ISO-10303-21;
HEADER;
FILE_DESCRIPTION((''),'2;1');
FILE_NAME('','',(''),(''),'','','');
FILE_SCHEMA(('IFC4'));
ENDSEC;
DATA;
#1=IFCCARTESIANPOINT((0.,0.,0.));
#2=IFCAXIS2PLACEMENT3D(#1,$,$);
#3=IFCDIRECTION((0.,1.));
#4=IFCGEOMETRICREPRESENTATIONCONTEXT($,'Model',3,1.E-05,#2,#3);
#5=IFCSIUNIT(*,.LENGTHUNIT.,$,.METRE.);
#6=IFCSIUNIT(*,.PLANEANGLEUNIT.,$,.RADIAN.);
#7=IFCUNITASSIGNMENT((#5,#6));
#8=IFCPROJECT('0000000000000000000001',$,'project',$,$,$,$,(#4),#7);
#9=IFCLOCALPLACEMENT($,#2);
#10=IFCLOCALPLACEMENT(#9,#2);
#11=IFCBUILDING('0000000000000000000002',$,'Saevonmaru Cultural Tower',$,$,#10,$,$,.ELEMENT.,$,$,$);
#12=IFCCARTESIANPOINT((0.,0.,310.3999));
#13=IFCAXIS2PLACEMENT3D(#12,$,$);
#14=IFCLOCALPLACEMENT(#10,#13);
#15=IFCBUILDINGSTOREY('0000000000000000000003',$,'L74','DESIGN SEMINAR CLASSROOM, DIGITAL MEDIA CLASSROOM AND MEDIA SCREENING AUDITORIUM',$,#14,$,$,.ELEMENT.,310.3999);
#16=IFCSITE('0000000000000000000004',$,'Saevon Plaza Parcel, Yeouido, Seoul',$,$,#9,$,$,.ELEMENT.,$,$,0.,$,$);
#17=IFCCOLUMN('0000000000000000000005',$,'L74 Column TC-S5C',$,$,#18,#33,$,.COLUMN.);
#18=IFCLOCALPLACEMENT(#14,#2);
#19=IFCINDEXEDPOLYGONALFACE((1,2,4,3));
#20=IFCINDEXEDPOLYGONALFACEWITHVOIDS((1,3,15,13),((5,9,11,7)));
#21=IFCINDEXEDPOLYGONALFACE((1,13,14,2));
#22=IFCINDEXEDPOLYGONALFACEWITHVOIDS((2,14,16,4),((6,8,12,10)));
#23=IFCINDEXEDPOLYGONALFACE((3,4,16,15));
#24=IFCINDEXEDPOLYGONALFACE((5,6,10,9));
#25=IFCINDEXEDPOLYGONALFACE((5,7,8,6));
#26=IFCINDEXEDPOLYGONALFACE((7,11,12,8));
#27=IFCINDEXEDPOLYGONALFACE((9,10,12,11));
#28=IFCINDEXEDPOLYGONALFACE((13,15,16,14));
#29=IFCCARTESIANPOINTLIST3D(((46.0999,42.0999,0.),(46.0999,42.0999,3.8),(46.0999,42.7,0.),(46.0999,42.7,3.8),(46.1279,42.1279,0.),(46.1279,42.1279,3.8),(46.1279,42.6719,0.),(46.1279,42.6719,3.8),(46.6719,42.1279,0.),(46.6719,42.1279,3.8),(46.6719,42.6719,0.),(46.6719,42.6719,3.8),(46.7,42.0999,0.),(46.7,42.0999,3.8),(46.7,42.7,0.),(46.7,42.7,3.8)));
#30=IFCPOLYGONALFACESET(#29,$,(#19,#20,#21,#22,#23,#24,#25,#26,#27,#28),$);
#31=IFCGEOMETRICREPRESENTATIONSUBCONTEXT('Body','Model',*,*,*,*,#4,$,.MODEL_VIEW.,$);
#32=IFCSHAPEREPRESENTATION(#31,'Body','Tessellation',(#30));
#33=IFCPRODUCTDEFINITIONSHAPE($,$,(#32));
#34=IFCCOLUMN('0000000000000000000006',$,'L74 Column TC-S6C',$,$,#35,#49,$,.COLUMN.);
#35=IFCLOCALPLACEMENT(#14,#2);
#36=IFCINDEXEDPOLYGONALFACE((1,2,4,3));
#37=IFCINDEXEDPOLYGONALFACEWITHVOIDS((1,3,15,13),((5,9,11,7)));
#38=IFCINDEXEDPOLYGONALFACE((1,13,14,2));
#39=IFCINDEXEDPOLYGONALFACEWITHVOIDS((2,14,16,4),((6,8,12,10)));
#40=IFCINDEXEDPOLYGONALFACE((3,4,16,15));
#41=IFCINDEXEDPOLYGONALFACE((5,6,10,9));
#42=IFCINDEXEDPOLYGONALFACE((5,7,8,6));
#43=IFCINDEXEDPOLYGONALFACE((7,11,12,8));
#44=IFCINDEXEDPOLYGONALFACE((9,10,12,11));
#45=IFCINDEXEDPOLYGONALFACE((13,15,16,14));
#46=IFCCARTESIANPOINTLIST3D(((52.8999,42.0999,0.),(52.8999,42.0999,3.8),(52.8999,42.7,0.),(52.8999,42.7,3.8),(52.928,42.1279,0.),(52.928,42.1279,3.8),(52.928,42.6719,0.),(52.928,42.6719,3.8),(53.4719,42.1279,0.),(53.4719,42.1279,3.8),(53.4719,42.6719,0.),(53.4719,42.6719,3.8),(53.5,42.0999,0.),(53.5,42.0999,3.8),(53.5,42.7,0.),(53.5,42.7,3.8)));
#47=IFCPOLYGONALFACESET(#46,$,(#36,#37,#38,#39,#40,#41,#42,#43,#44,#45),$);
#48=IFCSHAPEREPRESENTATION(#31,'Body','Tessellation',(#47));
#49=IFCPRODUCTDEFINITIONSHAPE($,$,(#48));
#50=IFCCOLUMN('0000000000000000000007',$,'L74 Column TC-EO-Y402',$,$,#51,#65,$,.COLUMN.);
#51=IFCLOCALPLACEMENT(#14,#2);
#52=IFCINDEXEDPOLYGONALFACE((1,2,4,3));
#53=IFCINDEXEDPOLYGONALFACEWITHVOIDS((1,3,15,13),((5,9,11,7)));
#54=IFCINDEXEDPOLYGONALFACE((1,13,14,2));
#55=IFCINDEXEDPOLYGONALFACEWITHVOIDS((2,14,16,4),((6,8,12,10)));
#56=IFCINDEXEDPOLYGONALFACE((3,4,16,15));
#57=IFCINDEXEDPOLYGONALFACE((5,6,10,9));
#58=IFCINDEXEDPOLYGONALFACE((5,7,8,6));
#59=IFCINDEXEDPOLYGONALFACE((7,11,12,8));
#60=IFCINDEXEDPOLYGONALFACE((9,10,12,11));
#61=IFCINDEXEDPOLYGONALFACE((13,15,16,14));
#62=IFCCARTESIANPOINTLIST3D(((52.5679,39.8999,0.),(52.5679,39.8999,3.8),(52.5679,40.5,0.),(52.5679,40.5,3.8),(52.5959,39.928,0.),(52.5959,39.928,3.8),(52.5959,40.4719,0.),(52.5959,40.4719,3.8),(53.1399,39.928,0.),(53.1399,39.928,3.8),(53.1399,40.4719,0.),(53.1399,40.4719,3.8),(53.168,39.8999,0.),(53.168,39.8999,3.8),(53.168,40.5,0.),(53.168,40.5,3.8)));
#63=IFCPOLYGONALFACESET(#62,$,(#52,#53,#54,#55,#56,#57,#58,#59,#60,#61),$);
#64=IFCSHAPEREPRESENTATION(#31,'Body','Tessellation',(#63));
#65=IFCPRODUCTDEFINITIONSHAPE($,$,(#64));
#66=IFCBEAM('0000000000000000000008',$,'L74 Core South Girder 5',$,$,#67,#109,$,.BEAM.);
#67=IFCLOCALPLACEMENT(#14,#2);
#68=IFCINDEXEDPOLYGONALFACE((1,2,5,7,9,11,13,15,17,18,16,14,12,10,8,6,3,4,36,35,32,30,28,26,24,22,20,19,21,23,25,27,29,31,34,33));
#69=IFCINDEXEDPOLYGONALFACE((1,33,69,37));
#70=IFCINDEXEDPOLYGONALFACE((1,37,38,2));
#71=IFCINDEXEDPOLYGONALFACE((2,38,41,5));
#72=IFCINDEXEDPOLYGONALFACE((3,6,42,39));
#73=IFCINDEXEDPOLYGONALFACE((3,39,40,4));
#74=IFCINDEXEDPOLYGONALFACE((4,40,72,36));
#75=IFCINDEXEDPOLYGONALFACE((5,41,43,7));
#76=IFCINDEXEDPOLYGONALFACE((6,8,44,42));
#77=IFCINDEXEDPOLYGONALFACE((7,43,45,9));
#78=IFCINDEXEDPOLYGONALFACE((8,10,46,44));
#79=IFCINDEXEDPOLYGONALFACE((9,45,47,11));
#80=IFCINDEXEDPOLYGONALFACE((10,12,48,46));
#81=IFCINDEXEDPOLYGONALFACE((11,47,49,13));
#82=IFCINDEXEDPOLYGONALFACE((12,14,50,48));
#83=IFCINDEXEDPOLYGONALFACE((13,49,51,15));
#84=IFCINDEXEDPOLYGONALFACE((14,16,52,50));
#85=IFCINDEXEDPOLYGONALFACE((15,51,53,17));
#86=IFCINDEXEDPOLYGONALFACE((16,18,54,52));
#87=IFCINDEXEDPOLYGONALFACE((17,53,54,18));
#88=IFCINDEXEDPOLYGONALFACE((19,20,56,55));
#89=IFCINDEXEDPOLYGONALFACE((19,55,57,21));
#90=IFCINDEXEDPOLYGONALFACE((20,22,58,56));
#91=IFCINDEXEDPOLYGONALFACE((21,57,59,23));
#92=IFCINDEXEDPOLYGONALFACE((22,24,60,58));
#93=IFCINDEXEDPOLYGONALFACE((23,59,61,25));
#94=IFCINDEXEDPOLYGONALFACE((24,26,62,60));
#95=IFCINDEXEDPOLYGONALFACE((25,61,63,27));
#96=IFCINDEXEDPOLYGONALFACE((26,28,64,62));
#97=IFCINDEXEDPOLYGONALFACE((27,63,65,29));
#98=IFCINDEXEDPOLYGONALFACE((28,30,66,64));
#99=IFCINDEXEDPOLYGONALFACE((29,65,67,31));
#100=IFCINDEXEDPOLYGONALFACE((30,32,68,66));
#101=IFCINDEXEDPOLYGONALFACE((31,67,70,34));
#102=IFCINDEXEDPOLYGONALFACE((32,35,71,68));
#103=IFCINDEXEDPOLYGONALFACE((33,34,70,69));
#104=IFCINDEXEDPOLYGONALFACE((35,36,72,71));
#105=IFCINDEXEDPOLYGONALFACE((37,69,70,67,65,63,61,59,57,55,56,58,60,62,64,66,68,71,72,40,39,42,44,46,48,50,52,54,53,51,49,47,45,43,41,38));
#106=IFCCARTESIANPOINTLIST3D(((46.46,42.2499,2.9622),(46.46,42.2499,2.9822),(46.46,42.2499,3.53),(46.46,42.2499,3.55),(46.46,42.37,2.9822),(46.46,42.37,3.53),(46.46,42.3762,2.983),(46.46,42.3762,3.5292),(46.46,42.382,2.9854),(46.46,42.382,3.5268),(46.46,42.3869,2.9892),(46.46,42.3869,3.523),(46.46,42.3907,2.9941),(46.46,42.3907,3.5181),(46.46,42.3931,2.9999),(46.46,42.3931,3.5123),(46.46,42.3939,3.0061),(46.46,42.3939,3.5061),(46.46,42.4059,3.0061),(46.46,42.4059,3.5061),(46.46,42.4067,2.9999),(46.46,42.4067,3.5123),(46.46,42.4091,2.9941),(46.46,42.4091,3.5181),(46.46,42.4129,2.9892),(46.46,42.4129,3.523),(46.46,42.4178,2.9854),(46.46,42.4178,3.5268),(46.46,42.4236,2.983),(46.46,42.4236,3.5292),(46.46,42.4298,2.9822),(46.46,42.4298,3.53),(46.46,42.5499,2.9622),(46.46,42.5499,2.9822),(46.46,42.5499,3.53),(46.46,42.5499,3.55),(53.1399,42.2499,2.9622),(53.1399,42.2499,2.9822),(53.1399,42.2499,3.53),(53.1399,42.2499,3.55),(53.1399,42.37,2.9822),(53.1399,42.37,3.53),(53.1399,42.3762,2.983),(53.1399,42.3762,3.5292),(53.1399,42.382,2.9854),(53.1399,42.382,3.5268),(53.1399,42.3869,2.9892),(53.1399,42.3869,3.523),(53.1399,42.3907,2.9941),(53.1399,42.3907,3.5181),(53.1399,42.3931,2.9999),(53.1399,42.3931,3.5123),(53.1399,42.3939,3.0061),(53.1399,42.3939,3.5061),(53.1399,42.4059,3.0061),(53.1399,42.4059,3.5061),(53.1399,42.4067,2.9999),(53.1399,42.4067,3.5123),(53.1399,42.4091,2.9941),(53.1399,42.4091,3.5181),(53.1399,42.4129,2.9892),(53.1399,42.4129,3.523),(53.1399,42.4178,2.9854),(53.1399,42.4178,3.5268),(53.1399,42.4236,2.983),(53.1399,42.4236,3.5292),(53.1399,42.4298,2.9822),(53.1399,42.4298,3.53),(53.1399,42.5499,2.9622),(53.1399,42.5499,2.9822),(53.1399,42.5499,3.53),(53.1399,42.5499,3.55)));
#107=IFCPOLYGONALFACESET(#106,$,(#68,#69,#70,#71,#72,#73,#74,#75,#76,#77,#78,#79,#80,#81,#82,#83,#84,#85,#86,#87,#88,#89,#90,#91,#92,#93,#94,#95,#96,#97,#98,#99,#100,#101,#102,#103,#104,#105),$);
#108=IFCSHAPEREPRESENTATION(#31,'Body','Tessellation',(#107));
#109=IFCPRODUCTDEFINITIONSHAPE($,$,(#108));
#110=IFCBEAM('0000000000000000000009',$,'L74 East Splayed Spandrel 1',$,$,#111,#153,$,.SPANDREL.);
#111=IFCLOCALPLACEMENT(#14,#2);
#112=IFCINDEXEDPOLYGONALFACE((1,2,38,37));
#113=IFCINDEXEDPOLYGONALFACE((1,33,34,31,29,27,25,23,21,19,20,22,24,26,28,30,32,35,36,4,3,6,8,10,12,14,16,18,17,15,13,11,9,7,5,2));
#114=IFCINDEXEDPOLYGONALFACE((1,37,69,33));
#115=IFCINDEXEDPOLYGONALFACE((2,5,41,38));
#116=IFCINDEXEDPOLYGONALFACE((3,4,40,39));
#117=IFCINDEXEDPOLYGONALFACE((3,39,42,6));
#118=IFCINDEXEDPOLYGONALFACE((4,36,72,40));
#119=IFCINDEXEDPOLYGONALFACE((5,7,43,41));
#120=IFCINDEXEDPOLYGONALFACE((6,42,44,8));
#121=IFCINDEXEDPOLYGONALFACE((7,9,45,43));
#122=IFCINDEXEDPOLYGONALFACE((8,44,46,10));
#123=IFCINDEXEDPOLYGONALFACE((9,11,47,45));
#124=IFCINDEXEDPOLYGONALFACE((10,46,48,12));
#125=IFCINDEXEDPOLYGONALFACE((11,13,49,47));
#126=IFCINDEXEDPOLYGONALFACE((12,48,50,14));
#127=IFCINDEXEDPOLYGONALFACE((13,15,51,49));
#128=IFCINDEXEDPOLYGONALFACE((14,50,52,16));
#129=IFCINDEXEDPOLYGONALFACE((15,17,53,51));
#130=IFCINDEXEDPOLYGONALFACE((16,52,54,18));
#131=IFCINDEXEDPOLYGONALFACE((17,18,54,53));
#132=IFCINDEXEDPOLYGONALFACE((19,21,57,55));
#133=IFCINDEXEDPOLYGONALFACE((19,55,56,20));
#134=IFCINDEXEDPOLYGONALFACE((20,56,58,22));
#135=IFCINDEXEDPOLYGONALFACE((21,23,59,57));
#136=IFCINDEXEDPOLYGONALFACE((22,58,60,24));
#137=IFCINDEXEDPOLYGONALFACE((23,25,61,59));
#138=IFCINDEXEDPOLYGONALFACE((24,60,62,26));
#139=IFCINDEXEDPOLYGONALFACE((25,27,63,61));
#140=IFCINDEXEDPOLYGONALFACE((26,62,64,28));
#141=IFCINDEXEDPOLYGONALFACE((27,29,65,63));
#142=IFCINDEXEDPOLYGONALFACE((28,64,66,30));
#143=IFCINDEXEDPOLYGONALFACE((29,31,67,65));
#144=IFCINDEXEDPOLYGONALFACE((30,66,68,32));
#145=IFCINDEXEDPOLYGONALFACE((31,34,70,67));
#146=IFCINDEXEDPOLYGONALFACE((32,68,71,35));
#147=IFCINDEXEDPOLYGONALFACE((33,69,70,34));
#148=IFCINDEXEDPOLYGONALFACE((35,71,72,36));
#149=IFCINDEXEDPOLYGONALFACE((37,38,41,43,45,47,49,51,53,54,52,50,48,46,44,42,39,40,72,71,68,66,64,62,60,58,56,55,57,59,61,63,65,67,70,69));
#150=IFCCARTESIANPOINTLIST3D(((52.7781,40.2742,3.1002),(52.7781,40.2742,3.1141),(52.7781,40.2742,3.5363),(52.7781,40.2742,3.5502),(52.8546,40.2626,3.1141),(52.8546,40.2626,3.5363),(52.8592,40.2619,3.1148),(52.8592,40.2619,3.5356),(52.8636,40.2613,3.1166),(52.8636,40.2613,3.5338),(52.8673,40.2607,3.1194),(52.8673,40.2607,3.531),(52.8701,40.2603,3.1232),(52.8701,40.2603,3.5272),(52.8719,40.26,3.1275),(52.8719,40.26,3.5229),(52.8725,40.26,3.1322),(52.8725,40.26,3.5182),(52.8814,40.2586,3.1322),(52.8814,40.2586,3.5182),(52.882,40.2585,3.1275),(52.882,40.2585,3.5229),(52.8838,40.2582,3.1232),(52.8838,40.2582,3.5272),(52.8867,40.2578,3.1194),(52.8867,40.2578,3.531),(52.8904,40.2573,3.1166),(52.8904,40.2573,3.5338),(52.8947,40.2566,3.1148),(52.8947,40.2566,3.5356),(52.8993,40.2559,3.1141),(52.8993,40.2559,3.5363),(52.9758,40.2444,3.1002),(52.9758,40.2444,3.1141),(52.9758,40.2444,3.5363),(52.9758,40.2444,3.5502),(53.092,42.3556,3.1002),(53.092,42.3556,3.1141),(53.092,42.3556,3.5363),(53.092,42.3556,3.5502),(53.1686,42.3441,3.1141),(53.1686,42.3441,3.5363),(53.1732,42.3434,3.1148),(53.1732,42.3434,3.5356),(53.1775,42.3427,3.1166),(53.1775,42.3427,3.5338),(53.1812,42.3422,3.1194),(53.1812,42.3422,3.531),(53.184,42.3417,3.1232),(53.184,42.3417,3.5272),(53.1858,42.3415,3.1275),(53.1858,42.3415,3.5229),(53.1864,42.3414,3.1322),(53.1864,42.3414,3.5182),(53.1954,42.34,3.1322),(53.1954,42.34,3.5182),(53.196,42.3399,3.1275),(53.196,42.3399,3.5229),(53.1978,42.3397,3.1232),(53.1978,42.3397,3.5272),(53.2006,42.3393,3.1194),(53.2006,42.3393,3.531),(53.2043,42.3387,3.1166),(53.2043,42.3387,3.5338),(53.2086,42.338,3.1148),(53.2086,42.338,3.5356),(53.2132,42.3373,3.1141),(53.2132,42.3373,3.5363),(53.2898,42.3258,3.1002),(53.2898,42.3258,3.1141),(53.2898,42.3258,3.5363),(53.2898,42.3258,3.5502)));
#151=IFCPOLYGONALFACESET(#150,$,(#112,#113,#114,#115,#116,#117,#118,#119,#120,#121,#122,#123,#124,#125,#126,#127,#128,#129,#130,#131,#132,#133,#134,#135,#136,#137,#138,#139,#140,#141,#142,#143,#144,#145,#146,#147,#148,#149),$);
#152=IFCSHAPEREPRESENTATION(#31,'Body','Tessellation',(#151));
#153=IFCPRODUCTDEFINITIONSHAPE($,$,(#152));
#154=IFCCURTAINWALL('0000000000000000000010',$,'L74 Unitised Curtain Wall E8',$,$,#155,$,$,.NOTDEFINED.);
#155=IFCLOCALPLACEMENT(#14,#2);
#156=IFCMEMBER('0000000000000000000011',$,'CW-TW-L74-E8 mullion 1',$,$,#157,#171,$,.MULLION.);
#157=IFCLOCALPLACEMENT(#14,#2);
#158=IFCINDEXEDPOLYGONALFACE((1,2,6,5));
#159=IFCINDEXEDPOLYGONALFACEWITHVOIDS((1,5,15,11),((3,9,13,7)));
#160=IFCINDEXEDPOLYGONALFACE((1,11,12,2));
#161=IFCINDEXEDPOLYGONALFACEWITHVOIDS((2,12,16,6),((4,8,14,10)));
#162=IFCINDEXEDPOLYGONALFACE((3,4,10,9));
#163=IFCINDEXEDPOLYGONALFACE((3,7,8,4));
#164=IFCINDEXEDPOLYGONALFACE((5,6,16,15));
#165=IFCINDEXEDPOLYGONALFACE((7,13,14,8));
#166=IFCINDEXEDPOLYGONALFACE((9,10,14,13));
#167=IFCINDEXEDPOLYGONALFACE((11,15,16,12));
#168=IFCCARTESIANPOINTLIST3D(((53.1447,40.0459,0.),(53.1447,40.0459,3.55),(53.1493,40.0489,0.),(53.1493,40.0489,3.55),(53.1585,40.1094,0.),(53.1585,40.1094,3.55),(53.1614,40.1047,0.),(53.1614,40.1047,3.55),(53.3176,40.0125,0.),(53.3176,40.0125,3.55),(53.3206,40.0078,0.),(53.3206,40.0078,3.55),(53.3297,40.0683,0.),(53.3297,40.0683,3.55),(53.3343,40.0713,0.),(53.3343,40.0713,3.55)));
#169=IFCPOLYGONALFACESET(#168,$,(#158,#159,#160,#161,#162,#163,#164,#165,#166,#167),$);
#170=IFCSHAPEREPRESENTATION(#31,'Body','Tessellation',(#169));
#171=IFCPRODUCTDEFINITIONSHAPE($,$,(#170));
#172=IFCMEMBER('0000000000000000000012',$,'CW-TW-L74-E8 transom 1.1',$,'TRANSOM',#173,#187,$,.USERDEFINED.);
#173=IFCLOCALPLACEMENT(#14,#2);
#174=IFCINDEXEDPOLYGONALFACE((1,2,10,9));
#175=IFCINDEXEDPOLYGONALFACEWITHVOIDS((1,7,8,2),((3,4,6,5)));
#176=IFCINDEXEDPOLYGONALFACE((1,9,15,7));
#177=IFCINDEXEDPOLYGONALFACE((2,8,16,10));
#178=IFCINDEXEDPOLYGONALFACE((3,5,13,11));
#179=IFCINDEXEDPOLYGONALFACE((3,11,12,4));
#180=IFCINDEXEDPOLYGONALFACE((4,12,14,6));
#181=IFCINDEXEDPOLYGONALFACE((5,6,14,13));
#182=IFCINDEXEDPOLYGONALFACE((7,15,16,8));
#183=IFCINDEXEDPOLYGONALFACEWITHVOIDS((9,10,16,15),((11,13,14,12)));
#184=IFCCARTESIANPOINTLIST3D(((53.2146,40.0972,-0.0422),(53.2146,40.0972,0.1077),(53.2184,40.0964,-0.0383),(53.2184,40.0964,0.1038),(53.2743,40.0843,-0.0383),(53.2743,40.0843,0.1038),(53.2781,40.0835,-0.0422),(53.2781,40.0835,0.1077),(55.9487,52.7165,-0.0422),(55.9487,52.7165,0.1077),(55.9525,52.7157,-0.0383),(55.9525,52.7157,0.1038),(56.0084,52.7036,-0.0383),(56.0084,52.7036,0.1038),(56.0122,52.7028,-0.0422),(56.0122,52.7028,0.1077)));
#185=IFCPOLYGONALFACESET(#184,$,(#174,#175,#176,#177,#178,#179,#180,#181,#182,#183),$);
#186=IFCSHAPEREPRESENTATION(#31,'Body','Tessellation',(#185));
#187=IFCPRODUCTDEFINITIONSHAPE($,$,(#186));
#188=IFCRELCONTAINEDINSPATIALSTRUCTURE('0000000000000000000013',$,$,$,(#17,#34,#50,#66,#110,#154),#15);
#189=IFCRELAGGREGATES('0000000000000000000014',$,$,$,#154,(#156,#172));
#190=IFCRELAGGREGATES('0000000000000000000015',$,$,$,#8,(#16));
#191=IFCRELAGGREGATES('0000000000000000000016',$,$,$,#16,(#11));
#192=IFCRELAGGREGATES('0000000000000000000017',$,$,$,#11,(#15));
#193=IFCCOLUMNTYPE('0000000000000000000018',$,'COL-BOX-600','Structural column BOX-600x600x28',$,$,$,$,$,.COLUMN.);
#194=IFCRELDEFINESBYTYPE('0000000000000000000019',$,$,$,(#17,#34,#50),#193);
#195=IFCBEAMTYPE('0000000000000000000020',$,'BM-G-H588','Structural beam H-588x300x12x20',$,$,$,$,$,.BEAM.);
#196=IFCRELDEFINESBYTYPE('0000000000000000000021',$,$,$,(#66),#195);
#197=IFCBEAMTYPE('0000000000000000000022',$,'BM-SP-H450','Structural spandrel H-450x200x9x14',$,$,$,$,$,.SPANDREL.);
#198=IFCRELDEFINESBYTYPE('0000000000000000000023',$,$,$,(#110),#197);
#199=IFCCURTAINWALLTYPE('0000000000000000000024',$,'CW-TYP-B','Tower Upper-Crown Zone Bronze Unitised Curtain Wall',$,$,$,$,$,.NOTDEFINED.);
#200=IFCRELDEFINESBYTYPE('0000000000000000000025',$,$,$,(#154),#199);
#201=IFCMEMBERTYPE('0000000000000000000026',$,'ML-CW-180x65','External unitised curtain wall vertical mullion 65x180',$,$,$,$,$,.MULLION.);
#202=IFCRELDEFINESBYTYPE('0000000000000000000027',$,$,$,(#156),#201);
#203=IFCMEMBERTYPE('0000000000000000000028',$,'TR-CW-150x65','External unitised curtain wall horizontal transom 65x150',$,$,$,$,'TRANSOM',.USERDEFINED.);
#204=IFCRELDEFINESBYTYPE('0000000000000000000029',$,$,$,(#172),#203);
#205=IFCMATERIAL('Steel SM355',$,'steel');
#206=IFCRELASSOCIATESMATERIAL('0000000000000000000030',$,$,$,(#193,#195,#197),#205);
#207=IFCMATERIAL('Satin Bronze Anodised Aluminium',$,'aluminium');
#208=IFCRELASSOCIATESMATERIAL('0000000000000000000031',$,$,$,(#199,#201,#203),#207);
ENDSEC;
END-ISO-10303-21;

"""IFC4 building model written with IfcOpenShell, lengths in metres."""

from ifc_helpers import new_model, si_unit, direction, frame, origin, origin_2d, place, context, subcontext, project, spatial, hollow_rectangle, i_section, extrude, material, material_profile, profile_set, type_object, element, aggregate, save


model = new_model("IFC4")

# Units and contexts
model_context = context("Model", 3, precision=1e-05, world=origin(), true_north=direction((0.0, 1.0)))
body_context = subcontext(model_context, "Body", "Model", "MODEL_VIEW")
ifc_project = project(units=[si_unit("LENGTHUNIT", "METRE"), si_unit("PLANEANGLEUNIT", "RADIAN")], contexts=[model_context])

# Site, building, storey
site_placement = place(None, origin())
site = spatial("IfcSite", under=ifc_project, at=site_placement, Name="Saevon Plaza Parcel, Yeouido, Seoul", CompositionType="ELEMENT", RefElevation=0.0)
building_placement = place(site_placement, origin())
building = spatial("IfcBuilding", under=site, at=building_placement, Name="Saevonmaru Cultural Tower", CompositionType="ELEMENT")
storey_placement = place(building_placement, frame((0.0, 0.0, 310.3999)))
storey = spatial("IfcBuildingStorey", under=building, at=storey_placement, Name="L74", Description="DESIGN SEMINAR CLASSROOM, DIGITAL MEDIA CLASSROOM AND MEDIA SCREENING AUDITORIUM", CompositionType="ELEMENT", Elevation=310.3999)

# Columns
ifc_material_1 = material(Name="Steel SM355", Category="steel")
ifc_material_profile_1 = material_profile(ifc_material_1, hollow_rectangle(XDim=0.6001, YDim=0.6001, WallThickness=0.0281, at=origin_2d()), Name="BOX-600x600x28")
ifc_profile_set_1 = profile_set([ifc_material_profile_1], Name="Steel SM355")
column_type = type_object("IfcColumnType", Name="COL-BOX-600", Description="Structural column BOX-600x600x28", PredefinedType="COLUMN", material=ifc_profile_set_1)
for number, where, z_axis, x_axis, name in (
    (1, (46.3999, 42.3999, 0.0), (0.0, 0.0, 1.0), (1.0, 0.0, 0.0), "L74 Column TC-S5C"),
    (2, (53.2, 42.3999, 0.0), (0.0, 0.0, 1.0), (1.0, 0.0, 0.0), "L74 Column TC-S6C"),
    (3, (52.8679, 40.2, 0.0), (0.0, 0.0, 1.0), (1.0, 0.0, 0.0), "L74 Column TC-EO-Y402"),
):
    element("IfcColumn", number, at=place(storey_placement, frame(where, z_axis=z_axis, x_axis=x_axis)), inside=storey, type_object=column_type, Name=name, PredefinedType="COLUMN", context=body_context, shape_type="SweptSolid", body=[
        extrude(hollow_rectangle(XDim=0.6001, YDim=0.6001, WallThickness=0.0281, at=origin_2d()), origin(), (0.0, 0.0, 1.0), 3.8),
    ])

# Beams
ifc_material_profile_2 = material_profile(ifc_material_1, i_section(OverallWidth=0.3, OverallDepth=0.5879, WebThickness=0.012, FlangeThickness=0.02, FilletRadius=0.0239, at=origin_2d()), Name="H-588x300x12x20")
ifc_profile_set_2 = profile_set([ifc_material_profile_2], Name="Steel SM355")
beam_type_1 = type_object("IfcBeamType", Name="BM-G-H588", Description="Structural beam H-588x300x12x20", PredefinedType="BEAM", material=ifc_profile_set_2)
beam_1_placement = place(storey_placement, frame((46.46, 42.3999, 3.2561), z_axis=(1.0, 0.0, 0.0), x_axis=(0.0, 1.0, 0.0)))
element("IfcBeam", 4, at=beam_1_placement, inside=storey, type_object=beam_type_1, Name="L74 Core South Girder 5", PredefinedType="BEAM", context=body_context, shape_type="SweptSolid", body=[
    extrude(i_section(OverallWidth=0.3, OverallDepth=0.5879, WebThickness=0.012, FlangeThickness=0.02, FilletRadius=0.0239, at=origin_2d()), origin(), (0.0, 0.0, 1.0), 6.6799),
])
ifc_material_profile_3 = material_profile(ifc_material_1, i_section(OverallWidth=0.2, OverallDepth=0.45, WebThickness=0.009, FlangeThickness=0.0139, FilletRadius=0.0181, at=origin_2d()), Name="H-450x200x9x14")
ifc_profile_set_3 = profile_set([ifc_material_profile_3], Name="Steel SM355")
beam_type_2 = type_object("IfcBeamType", Name="BM-SP-H450", Description="Structural spandrel H-450x200x9x14", PredefinedType="SPANDREL", material=ifc_profile_set_3)
beam_2_placement = place(storey_placement, frame((52.877, 40.2593, 3.3252), z_axis=(0.149146, 0.988815, 0.0), x_axis=(-0.988815, 0.149146, 0.0)))
element("IfcBeam", 5, at=beam_2_placement, inside=storey, type_object=beam_type_2, Name="L74 East Splayed Spandrel 1", PredefinedType="SPANDREL", context=body_context, shape_type="SweptSolid", body=[
    extrude(i_section(OverallWidth=0.2, OverallDepth=0.45, WebThickness=0.009, FlangeThickness=0.0139, FilletRadius=0.0181, at=origin_2d()), origin(), (0.0, 0.0, 1.0), 2.105),
])

# Curtain wall, members
ifc_material_2 = material(Name="Satin Bronze Anodised Aluminium", Category="aluminium")
curtain_wall_type = type_object("IfcCurtainWallType", Name="CW-TYP-B", Description="Tower Upper-Crown Zone Bronze Unitised Curtain Wall", PredefinedType="NOTDEFINED", material=ifc_material_2)
curtain_wall_placement = place(storey_placement, origin())
curtain_wall = element("IfcCurtainWall", 6, at=curtain_wall_placement, inside=storey, type_object=curtain_wall_type, Name="L74 Unitised Curtain Wall E8", PredefinedType="NOTDEFINED")
ifc_material_profile_4 = material_profile(ifc_material_2, hollow_rectangle(XDim=0.0649, YDim=0.1799, WallThickness=0.0039, at=origin_2d()), Name="ALU-MULL-180x65x4")
ifc_profile_set_4 = profile_set([ifc_material_profile_4], Name="Satin Bronze Anodised Aluminium")
member_type_1 = type_object("IfcMemberType", Name="ML-CW-180x65", Description="External unitised curtain wall vertical mullion 65x180", PredefinedType="MULLION", material=ifc_profile_set_4)
member_1_placement = place(storey_placement, frame((53.2395, 40.0586, 0.0), z_axis=(0.0, 0.0, 1.0), x_axis=(0.21175, 0.977324, 0.0)))
member_1 = element("IfcMember", 7, at=member_1_placement, type_object=member_type_1, Name="CW-TW-L74-E8 mullion 1", PredefinedType="MULLION", context=body_context, shape_type="SweptSolid", body=[
    extrude(hollow_rectangle(XDim=0.0649, YDim=0.1799, WallThickness=0.0039, at=origin_2d()), origin(), (0.0, 0.0, 1.0), 3.55),
])
ifc_material_profile_5 = material_profile(ifc_material_2, hollow_rectangle(XDim=0.0649, YDim=0.1499, WallThickness=0.0039, at=origin_2d()), Name="ALU-TRAN-150x65x4")
ifc_profile_set_5 = profile_set([ifc_material_profile_5], Name="Satin Bronze Anodised Aluminium")
member_type_2 = type_object("IfcMemberType", Name="TR-CW-150x65", Description="External unitised curtain wall horizontal transom 65x150", ElementType="TRANSOM", PredefinedType="USERDEFINED", material=ifc_profile_set_5)
member_2_placement = place(storey_placement, frame((53.2463, 40.0903, 0.0327), z_axis=(0.211748, 0.977324, 0.0), x_axis=(-0.977324, 0.211748, 0.0)))
member_2 = element("IfcMember", 8, at=member_2_placement, type_object=member_type_2, Name="CW-TW-L74-E8 transom 1.1", ObjectType="TRANSOM", PredefinedType="USERDEFINED", context=body_context, shape_type="SweptSolid", body=[
    extrude(hollow_rectangle(XDim=0.0649, YDim=0.1499, WallThickness=0.0039, at=origin_2d()), origin(), (0.0, 0.0, 1.0), 12.9121),
])

aggregate(curtain_wall, [member_1, member_2])

save(model, "model.ifc")
